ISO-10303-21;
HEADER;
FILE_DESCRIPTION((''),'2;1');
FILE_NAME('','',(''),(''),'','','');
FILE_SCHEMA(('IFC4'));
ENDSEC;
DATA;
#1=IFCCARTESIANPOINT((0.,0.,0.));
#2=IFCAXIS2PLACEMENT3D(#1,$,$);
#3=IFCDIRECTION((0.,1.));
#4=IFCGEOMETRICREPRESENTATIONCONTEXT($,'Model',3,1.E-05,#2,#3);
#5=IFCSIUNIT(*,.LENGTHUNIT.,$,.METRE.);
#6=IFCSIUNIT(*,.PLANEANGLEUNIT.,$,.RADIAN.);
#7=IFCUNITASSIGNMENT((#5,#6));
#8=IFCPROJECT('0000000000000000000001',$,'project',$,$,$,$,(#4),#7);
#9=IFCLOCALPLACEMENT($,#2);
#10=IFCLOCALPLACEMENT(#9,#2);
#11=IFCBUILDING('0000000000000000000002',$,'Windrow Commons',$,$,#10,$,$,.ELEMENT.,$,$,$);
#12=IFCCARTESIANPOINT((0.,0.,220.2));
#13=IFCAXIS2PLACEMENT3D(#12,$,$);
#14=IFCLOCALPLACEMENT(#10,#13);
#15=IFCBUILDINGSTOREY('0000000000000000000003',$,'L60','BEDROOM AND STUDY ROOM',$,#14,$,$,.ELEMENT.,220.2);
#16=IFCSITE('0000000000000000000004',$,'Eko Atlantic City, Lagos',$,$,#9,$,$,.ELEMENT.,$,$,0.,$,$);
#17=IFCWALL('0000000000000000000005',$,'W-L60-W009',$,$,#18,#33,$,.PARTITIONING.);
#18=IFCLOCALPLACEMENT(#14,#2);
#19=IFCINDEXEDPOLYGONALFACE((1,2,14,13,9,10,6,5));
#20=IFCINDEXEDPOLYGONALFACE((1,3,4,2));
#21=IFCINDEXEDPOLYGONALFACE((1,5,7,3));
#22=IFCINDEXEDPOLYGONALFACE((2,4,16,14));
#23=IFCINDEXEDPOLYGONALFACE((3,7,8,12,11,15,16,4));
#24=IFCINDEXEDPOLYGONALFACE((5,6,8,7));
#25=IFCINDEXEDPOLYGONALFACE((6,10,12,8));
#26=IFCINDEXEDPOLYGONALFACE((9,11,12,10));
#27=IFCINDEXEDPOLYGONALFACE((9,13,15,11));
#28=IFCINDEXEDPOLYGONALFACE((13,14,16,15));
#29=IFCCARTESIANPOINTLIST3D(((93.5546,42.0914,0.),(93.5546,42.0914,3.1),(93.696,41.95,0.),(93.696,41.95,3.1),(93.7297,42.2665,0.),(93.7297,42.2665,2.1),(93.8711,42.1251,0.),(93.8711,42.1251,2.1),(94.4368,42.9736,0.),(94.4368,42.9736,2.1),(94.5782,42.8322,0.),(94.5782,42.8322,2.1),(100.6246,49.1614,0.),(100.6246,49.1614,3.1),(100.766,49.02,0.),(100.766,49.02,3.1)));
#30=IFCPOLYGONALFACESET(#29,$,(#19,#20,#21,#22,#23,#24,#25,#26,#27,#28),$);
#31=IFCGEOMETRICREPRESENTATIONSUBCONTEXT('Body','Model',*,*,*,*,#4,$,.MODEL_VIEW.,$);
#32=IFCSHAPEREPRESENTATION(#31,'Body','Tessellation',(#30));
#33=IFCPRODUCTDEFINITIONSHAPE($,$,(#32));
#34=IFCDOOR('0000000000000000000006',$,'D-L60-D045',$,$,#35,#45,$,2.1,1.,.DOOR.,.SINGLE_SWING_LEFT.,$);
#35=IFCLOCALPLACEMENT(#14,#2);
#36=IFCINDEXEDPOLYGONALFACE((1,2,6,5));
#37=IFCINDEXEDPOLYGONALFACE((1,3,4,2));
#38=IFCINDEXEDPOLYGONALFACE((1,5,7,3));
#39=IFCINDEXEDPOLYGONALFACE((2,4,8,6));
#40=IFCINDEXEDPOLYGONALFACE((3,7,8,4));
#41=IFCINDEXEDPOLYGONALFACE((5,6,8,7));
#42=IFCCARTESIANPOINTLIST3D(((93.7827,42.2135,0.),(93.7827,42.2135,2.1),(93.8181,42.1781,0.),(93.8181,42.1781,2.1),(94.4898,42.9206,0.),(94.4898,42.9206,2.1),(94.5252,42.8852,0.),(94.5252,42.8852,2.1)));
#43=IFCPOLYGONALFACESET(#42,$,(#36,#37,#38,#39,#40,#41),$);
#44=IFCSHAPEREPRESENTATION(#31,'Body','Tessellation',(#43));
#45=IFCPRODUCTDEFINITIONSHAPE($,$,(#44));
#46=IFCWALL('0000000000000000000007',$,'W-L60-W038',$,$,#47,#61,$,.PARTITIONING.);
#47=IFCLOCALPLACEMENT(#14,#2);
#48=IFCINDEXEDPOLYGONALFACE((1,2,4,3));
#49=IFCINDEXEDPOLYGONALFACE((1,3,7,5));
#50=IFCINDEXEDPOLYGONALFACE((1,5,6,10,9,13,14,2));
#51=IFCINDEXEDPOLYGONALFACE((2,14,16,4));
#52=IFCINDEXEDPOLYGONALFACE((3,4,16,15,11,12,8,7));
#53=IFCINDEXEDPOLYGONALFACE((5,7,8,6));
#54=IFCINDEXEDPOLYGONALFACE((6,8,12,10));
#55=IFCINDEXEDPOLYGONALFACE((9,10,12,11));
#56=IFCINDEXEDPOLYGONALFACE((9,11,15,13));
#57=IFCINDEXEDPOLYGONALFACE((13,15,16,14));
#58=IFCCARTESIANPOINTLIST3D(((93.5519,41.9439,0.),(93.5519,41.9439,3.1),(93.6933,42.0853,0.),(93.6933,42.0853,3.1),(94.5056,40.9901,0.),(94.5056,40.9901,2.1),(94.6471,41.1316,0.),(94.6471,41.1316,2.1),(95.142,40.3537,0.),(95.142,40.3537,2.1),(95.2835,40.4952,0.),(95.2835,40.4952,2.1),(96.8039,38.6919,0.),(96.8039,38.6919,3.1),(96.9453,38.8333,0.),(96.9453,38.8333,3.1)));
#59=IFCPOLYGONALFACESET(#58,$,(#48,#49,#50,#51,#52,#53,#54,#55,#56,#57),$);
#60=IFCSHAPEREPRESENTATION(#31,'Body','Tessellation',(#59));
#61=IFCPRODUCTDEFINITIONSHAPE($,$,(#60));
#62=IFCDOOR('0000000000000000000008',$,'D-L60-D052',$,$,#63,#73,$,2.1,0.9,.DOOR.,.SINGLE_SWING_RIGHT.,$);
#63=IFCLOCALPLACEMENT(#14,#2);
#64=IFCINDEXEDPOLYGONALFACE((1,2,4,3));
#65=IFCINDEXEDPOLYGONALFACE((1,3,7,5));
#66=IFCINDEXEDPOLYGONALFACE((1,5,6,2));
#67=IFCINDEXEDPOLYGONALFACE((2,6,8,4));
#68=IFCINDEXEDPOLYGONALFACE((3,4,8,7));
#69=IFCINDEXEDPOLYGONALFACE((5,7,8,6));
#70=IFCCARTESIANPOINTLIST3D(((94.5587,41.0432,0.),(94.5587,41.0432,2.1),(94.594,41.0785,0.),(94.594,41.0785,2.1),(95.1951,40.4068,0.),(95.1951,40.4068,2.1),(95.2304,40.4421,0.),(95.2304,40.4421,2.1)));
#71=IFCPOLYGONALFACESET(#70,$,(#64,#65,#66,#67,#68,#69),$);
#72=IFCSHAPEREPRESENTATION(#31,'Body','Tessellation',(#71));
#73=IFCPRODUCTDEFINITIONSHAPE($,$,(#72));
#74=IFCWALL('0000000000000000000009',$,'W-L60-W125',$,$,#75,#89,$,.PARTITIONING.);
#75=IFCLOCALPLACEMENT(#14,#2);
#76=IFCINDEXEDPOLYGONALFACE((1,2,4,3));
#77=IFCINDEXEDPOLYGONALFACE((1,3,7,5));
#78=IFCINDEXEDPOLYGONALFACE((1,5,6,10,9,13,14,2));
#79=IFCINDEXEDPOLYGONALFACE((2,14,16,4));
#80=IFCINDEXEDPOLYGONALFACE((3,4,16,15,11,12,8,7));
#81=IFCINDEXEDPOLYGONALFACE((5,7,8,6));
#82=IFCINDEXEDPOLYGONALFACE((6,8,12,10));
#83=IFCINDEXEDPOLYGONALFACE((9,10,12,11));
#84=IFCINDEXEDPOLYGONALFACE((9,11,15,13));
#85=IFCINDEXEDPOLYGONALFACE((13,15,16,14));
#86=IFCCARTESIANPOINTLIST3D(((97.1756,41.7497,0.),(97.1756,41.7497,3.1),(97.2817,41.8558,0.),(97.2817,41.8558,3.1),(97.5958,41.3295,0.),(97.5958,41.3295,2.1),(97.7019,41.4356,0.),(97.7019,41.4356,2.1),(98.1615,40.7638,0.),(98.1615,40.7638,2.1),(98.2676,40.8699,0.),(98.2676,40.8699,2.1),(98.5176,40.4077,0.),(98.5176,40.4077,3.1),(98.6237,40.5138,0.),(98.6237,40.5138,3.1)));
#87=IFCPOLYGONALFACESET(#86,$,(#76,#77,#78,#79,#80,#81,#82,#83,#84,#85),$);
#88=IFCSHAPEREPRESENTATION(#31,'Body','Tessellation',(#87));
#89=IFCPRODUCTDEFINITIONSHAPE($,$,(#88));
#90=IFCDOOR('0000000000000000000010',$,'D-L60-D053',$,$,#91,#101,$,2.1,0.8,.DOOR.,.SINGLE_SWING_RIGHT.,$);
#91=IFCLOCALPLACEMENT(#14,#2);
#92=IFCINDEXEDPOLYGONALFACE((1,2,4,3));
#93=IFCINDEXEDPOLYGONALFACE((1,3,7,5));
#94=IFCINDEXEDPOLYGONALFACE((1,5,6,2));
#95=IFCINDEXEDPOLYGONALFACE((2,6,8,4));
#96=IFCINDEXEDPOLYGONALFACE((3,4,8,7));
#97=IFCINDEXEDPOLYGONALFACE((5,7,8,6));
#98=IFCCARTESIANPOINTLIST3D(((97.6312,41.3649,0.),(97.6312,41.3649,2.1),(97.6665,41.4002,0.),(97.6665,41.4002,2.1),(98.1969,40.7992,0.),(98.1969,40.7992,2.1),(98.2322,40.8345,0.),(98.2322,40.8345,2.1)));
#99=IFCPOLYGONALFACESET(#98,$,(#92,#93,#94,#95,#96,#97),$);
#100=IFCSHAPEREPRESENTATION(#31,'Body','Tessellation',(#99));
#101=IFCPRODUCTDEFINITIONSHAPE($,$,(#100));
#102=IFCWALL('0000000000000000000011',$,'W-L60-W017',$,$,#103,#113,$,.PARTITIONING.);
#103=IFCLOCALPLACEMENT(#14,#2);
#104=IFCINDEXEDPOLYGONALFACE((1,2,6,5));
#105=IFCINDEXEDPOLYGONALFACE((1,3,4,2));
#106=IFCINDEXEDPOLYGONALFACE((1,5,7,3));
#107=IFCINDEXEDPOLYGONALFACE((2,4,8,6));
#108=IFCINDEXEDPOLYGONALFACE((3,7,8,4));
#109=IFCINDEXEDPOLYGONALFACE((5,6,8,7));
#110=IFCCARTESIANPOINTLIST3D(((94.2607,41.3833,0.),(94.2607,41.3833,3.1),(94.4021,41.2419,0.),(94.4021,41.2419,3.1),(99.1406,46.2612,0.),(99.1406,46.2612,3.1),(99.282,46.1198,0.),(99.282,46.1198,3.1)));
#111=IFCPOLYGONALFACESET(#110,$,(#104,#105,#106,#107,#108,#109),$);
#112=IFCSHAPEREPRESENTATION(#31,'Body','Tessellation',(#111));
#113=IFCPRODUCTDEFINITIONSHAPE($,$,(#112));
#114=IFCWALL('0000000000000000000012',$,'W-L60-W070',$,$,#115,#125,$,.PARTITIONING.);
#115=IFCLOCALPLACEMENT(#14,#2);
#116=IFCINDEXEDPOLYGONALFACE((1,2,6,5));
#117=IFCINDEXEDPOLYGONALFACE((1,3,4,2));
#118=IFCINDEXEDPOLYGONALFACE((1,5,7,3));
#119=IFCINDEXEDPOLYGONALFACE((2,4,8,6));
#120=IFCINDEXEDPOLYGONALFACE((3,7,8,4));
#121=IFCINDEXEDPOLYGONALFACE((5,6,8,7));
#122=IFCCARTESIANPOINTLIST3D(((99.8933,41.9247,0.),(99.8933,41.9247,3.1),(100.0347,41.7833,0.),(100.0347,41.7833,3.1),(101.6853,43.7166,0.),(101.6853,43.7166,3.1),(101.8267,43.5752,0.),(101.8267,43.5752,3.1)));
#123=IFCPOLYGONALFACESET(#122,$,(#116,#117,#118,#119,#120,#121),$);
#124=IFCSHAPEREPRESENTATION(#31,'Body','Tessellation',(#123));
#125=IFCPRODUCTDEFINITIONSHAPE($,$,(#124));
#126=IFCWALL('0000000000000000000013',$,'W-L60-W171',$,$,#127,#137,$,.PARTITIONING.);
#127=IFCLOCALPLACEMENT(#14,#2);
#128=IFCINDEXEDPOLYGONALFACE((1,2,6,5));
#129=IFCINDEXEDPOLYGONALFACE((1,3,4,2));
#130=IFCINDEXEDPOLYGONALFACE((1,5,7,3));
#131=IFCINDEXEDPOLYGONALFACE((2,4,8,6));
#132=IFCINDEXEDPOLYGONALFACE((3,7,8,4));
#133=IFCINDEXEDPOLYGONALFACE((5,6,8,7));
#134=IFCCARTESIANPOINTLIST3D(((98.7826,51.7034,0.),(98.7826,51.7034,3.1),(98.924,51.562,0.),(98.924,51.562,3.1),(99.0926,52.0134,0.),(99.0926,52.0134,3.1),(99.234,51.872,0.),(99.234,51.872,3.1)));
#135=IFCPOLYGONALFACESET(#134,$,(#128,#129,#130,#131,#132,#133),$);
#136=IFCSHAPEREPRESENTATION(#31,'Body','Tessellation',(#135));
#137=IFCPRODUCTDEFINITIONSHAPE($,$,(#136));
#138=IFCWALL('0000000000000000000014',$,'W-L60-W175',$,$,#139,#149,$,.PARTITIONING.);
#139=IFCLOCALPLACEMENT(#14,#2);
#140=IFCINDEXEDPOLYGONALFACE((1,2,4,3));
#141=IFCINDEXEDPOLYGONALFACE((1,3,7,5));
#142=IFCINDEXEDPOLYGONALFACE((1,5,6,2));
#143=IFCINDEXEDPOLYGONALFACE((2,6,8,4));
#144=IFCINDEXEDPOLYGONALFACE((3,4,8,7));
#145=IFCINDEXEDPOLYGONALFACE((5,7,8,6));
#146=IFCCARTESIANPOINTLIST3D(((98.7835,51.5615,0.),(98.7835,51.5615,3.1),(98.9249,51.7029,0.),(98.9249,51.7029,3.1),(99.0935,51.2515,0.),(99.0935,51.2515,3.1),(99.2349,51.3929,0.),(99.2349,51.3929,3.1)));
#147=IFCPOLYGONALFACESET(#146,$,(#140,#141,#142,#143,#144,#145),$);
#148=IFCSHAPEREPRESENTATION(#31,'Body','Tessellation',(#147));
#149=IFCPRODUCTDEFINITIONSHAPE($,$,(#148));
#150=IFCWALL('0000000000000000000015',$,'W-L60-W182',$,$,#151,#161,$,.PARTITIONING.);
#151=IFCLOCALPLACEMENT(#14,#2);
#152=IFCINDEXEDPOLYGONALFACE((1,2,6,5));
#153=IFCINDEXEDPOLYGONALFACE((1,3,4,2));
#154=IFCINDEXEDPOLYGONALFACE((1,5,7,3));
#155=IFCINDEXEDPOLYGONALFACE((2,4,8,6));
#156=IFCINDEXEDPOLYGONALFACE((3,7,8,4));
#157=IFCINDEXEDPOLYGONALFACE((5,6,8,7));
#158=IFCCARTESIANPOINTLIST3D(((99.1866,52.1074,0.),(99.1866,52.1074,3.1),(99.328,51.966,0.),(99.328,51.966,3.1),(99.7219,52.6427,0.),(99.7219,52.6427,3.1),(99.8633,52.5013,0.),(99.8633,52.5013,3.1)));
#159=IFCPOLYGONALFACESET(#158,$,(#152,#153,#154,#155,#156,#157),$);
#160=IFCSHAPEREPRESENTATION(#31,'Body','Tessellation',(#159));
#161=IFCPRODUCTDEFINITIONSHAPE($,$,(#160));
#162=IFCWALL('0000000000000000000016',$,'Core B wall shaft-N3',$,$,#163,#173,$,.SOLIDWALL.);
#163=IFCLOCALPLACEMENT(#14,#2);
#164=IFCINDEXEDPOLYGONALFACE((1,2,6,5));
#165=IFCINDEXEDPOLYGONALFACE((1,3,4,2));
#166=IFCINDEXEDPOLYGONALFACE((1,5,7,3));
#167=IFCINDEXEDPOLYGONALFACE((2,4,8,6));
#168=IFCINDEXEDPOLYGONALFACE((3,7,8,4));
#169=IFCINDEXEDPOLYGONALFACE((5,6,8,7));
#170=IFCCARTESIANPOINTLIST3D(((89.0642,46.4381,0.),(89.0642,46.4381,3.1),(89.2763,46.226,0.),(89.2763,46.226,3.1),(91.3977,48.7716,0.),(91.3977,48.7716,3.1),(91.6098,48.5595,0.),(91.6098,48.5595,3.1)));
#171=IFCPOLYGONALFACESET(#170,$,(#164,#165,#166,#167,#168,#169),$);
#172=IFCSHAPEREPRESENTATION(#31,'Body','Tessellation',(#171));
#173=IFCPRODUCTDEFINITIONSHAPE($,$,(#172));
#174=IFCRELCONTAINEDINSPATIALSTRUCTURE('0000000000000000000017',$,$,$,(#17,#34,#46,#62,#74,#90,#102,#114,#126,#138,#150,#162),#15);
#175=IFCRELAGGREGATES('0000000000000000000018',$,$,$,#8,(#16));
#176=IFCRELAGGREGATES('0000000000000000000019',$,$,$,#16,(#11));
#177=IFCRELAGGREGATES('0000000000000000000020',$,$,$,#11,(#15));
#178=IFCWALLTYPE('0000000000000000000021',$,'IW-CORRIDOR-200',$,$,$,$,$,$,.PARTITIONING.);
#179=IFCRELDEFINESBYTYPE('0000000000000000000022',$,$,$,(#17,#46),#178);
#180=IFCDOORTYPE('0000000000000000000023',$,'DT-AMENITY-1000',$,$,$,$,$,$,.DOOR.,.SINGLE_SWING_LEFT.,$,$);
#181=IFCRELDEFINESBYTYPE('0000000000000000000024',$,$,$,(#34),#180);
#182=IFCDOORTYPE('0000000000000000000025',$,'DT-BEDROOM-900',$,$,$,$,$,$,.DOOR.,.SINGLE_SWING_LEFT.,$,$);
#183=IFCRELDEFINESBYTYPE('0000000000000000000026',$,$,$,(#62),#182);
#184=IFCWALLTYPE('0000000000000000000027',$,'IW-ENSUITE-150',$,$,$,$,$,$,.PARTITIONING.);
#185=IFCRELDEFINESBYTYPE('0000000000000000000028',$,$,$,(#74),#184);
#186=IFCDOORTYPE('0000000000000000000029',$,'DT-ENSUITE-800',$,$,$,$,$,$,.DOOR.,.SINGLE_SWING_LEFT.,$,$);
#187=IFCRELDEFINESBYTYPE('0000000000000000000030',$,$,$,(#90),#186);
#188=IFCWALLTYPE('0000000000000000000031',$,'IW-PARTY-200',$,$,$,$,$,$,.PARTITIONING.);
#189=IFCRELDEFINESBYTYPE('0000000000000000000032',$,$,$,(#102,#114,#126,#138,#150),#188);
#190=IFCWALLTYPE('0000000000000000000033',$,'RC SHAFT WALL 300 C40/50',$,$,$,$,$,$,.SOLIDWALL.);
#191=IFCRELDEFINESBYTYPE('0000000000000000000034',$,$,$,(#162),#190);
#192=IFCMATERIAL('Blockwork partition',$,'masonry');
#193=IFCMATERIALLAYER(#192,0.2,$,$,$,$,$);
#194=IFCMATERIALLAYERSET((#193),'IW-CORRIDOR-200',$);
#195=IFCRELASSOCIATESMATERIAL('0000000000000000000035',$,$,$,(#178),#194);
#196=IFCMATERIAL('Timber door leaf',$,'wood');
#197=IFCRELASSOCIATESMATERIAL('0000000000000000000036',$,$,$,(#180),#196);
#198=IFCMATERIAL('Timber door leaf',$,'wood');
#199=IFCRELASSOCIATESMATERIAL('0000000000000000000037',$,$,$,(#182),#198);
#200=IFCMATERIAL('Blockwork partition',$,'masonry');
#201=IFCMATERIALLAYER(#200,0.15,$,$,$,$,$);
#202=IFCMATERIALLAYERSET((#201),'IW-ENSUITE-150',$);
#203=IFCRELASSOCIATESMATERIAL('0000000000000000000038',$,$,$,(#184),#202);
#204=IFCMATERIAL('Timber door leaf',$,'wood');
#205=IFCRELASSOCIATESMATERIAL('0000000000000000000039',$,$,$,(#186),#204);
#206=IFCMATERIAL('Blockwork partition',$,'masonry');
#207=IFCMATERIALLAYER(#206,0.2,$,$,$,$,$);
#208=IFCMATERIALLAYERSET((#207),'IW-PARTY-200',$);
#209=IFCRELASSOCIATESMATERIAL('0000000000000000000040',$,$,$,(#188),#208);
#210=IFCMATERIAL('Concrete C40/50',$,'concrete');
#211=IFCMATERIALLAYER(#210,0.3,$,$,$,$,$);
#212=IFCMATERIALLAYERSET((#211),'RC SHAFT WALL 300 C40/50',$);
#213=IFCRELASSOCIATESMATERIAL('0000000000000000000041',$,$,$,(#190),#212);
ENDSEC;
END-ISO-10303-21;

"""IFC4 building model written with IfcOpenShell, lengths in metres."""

from ifc_helpers import new_model, si_unit, direction, frame, frame_2d, origin, place, context, subcontext, project, spatial, rectangle, extrude, material, layer, layer_set, type_object, element, fill, save


model = new_model("IFC4")

# Units and contexts
model_context = context("Model", 3, precision=1e-05, world=origin(), true_north=direction((0.0, 1.0)))
body_context = subcontext(model_context, "Body", "Model", "MODEL_VIEW")
ifc_project = project(units=[si_unit("LENGTHUNIT", "METRE"), si_unit("PLANEANGLEUNIT", "RADIAN")], contexts=[model_context])

# Site, building, storey
site_placement = place(None, origin())
site = spatial("IfcSite", under=ifc_project, at=site_placement, Name="Eko Atlantic City, Lagos", CompositionType="ELEMENT", RefElevation=0.0)
building_placement = place(site_placement, origin())
building = spatial("IfcBuilding", under=site, at=building_placement, Name="Windrow Commons", CompositionType="ELEMENT")
storey_placement = place(building_placement, frame((0.0, 0.0, 220.2)))
storey = spatial("IfcBuildingStorey", under=building, at=storey_placement, Name="L60", Description="BEDROOM AND STUDY ROOM", CompositionType="ELEMENT", Elevation=220.2)

# Walls, openings, doors
ifc_material_1 = material(Name="Blockwork partition", Category="masonry")
ifc_layer_1 = layer(ifc_material_1, 0.2)
ifc_layer_set_1 = layer_set([ifc_layer_1], Name="IW-CORRIDOR-200")
wall_type_1 = type_object("IfcWallType", Name="IW-CORRIDOR-200", PredefinedType="PARTITIONING", material=ifc_layer_set_1)
wall_1_placement = place(storey_placement, frame((93.6253, 42.0207, 0.0), z_axis=(0.0, 0.0, 1.0), x_axis=(0.707107, 0.707107, 0.0)))
wall_1 = element("IfcWall", 1, at=wall_1_placement, inside=storey, type_object=wall_type_1, Name="W-L60-W009", PredefinedType="PARTITIONING", context=body_context, shape_type="SweptSolid", body=[
    extrude(rectangle(XDim=9.9985, YDim=0.2, at=frame_2d((4.9992, 0.0))), origin(), (0.0, 0.0, 1.0), 3.1),
])
opening_1_placement = place(wall_1_placement, frame((0.2476, 0.0, 0.0)))
opening_1 = element("IfcOpeningElement", 2, at=opening_1_placement, cuts=wall_1, PredefinedType="OPENING", context=body_context, shape_type="SweptSolid", body=[
    extrude(rectangle(XDim=1.0, YDim=2.1, at=frame_2d((0.5, 1.05))), frame((0.0, 0.11, 0.0), z_axis=(0.0, -1.0, 0.0), x_axis=(1.0, 0.0, 0.0)), (0.0, 0.0, 1.0), 0.22),
])
ifc_material_2 = material(Name="Timber door leaf", Category="wood")
door_type_1 = type_object("IfcDoorType", Name="DT-AMENITY-1000", OperationType="SINGLE_SWING_LEFT", PredefinedType="DOOR", material=ifc_material_2)
door_1_placement = place(opening_1_placement, origin())
door_1 = element("IfcDoor", 3, at=door_1_placement, inside=storey, type_object=door_type_1, Name="D-L60-D045", OperationType="SINGLE_SWING_LEFT", OverallHeight=2.1, OverallWidth=1.0, PredefinedType="DOOR", context=body_context, shape_type="SweptSolid", body=[
    extrude(rectangle(XDim=1.0, YDim=2.1, at=frame_2d((0.5, 1.05))), frame((0.0, 0.025, 0.0), z_axis=(0.0, -1.0, 0.0), x_axis=(1.0, 0.0, 0.0)), (0.0, 0.0, 1.0), 0.05),
])
fill(opening_1, door_1)
wall_2_placement = place(storey_placement, frame((93.6226, 42.0146, 0.0), z_axis=(0.0, 0.0, 1.0), x_axis=(0.707107, -0.707107, 0.0)))
wall_2 = element("IfcWall", 4, at=wall_2_placement, inside=storey, type_object=wall_type_1, Name="W-L60-W038", PredefinedType="PARTITIONING", context=body_context, shape_type="SweptSolid", body=[
    extrude(rectangle(XDim=4.599, YDim=0.2, at=frame_2d((2.2995, 0.0))), origin(), (0.0, 0.0, 1.0), 3.1),
])
opening_2_placement = place(wall_2_placement, frame((1.3488, 0.0, 0.0)))
opening_2 = element("IfcOpeningElement", 5, at=opening_2_placement, cuts=wall_2, PredefinedType="OPENING", context=body_context, shape_type="SweptSolid", body=[
    extrude(rectangle(XDim=0.9, YDim=2.1, at=frame_2d((0.45, 1.05))), frame((0.0, 0.11, 0.0), z_axis=(0.0, -1.0, 0.0), x_axis=(1.0, 0.0, 0.0)), (0.0, 0.0, 1.0), 0.22),
])
ifc_material_3 = material(Name="Timber door leaf", Category="wood")
door_type_2 = type_object("IfcDoorType", Name="DT-BEDROOM-900", OperationType="SINGLE_SWING_LEFT", PredefinedType="DOOR", material=ifc_material_3)
door_2_placement = place(opening_2_placement, origin())
door_2 = element("IfcDoor", 6, at=door_2_placement, inside=storey, type_object=door_type_2, Name="D-L60-D052", OperationType="SINGLE_SWING_RIGHT", OverallHeight=2.1, OverallWidth=0.9, PredefinedType="DOOR", context=body_context, shape_type="SweptSolid", body=[
    extrude(rectangle(XDim=0.9, YDim=2.1, at=frame_2d((0.45, 1.05))), frame((0.0, 0.025, 0.0), z_axis=(0.0, -1.0, 0.0), x_axis=(1.0, 0.0, 0.0)), (0.0, 0.0, 1.0), 0.05),
])
fill(opening_2, door_2)
ifc_material_4 = material(Name="Blockwork partition", Category="masonry")
ifc_layer_2 = layer(ifc_material_4, 0.15)
ifc_layer_set_2 = layer_set([ifc_layer_2], Name="IW-ENSUITE-150")
wall_type_2 = type_object("IfcWallType", Name="IW-ENSUITE-150", PredefinedType="PARTITIONING", material=ifc_layer_set_2)
wall_3_placement = place(storey_placement, frame((97.2287, 41.8027, 0.0), z_axis=(0.0, 0.0, 1.0), x_axis=(0.707107, -0.707107, 0.0)))
wall_3 = element("IfcWall", 7, at=wall_3_placement, inside=storey, type_object=wall_type_2, Name="W-L60-W125", PredefinedType="PARTITIONING", context=body_context, shape_type="SweptSolid", body=[
    extrude(rectangle(XDim=1.8979, YDim=0.15, at=frame_2d((0.9489, 0.0))), origin(), (0.0, 0.0, 1.0), 3.1),
])
opening_3_placement = place(wall_3_placement, frame((0.5942, 0.0, 0.0)))
opening_3 = element("IfcOpeningElement", 8, at=opening_3_placement, cuts=wall_3, PredefinedType="OPENING", context=body_context, shape_type="SweptSolid", body=[
    extrude(rectangle(XDim=0.8, YDim=2.1, at=frame_2d((0.4, 1.05))), frame((0.0, 0.085, 0.0), z_axis=(0.0, -1.0, 0.0), x_axis=(1.0, 0.0, 0.0)), (0.0, 0.0, 1.0), 0.17),
])
ifc_material_5 = material(Name="Timber door leaf", Category="wood")
door_type_3 = type_object("IfcDoorType", Name="DT-ENSUITE-800", OperationType="SINGLE_SWING_LEFT", PredefinedType="DOOR", material=ifc_material_5)
door_3_placement = place(opening_3_placement, origin())
door_3 = element("IfcDoor", 9, at=door_3_placement, inside=storey, type_object=door_type_3, Name="D-L60-D053", OperationType="SINGLE_SWING_RIGHT", OverallHeight=2.1, OverallWidth=0.8, PredefinedType="DOOR", context=body_context, shape_type="SweptSolid", body=[
    extrude(rectangle(XDim=0.8, YDim=2.1, at=frame_2d((0.4, 1.05))), frame((0.0, 0.025, 0.0), z_axis=(0.0, -1.0, 0.0), x_axis=(1.0, 0.0, 0.0)), (0.0, 0.0, 1.0), 0.05),
])
fill(opening_3, door_3)

# Walls
ifc_material_6 = material(Name="Blockwork partition", Category="masonry")
ifc_layer_3 = layer(ifc_material_6, 0.2)
ifc_layer_set_3 = layer_set([ifc_layer_3], Name="IW-PARTY-200")
wall_type_3 = type_object("IfcWallType", Name="IW-PARTY-200", PredefinedType="PARTITIONING", material=ifc_layer_set_3)
wall_4_placement = place(storey_placement, frame((94.3314, 41.3126, 0.0), z_axis=(0.0, 0.0, 1.0), x_axis=(0.707252, 0.706962, 0.0)))
element("IfcWall", 10, at=wall_4_placement, inside=storey, type_object=wall_type_3, Name="W-L60-W017", PredefinedType="PARTITIONING", context=body_context, shape_type="SweptSolid", body=[
    extrude(rectangle(XDim=6.8998, YDim=0.2, at=frame_2d((3.4499, 0.0))), origin(), (0.0, 0.0, 1.0), 3.1),
])
wall_5_placement = place(storey_placement, frame((99.964, 41.854, 0.0), z_axis=(0.0, 0.0, 1.0), x_axis=(0.707127, 0.707087, 0.0)))
element("IfcWall", 11, at=wall_5_placement, inside=storey, type_object=wall_type_3, Name="W-L60-W070", PredefinedType="PARTITIONING", context=body_context, shape_type="SweptSolid", body=[
    extrude(rectangle(XDim=2.5341, YDim=0.2, at=frame_2d((1.2671, 0.0))), origin(), (0.0, 0.0, 1.0), 3.1),
])
for number, where, z_axis, x_axis, name in (
    (12, (98.8533, 51.6327, 0.0), (0.0, 0.0, 1.0), (0.707107, 0.707107, 0.0), "W-L60-W171"),
    (13, (98.8542, 51.6322, 0.0), (0.0, 0.0, 1.0), (0.707107, -0.707107, 0.0), "W-L60-W175"),
):
    element("IfcWall", number, at=place(storey_placement, frame(where, z_axis=z_axis, x_axis=x_axis)), inside=storey, type_object=wall_type_3, Name=name, PredefinedType="PARTITIONING", context=body_context, shape_type="SweptSolid", body=[
        extrude(rectangle(XDim=0.4384, YDim=0.2, at=frame_2d((0.2192, 0.0))), origin(), (0.0, 0.0, 1.0), 3.1),
    ])
wall_6_placement = place(storey_placement, frame((99.2573, 52.0367, 0.0), z_axis=(0.0, 0.0, 1.0), x_axis=(0.707107, 0.707107, 0.0)))
element("IfcWall", 14, at=wall_6_placement, inside=storey, type_object=wall_type_3, Name="W-L60-W182", PredefinedType="PARTITIONING", context=body_context, shape_type="SweptSolid", body=[
    extrude(rectangle(XDim=0.757, YDim=0.2, at=frame_2d((0.3785, 0.0))), origin(), (0.0, 0.0, 1.0), 3.1),
])
ifc_material_7 = material(Name="Concrete C40/50", Category="concrete")
ifc_layer_4 = layer(ifc_material_7, 0.3)
ifc_layer_set_4 = layer_set([ifc_layer_4], Name="RC SHAFT WALL 300 C40/50")
wall_type_4 = type_object("IfcWallType", Name="RC SHAFT WALL 300 C40/50", PredefinedType="SOLIDWALL", material=ifc_layer_set_4)
wall_7_placement = place(storey_placement, frame((89.1702, 46.332, 0.0), z_axis=(0.0, 0.0, 1.0), x_axis=(0.707107, 0.707107, 0.0)))
element("IfcWall", 15, at=wall_7_placement, inside=storey, type_object=wall_type_4, Name="Core B wall shaft-N3", PredefinedType="SOLIDWALL", context=body_context, shape_type="SweptSolid", body=[
    extrude(rectangle(XDim=3.3001, YDim=0.3, at=frame_2d((1.6501, 0.0))), origin(), (0.0, 0.0, 1.0), 3.1),
])

save(model, "model.ifc")
